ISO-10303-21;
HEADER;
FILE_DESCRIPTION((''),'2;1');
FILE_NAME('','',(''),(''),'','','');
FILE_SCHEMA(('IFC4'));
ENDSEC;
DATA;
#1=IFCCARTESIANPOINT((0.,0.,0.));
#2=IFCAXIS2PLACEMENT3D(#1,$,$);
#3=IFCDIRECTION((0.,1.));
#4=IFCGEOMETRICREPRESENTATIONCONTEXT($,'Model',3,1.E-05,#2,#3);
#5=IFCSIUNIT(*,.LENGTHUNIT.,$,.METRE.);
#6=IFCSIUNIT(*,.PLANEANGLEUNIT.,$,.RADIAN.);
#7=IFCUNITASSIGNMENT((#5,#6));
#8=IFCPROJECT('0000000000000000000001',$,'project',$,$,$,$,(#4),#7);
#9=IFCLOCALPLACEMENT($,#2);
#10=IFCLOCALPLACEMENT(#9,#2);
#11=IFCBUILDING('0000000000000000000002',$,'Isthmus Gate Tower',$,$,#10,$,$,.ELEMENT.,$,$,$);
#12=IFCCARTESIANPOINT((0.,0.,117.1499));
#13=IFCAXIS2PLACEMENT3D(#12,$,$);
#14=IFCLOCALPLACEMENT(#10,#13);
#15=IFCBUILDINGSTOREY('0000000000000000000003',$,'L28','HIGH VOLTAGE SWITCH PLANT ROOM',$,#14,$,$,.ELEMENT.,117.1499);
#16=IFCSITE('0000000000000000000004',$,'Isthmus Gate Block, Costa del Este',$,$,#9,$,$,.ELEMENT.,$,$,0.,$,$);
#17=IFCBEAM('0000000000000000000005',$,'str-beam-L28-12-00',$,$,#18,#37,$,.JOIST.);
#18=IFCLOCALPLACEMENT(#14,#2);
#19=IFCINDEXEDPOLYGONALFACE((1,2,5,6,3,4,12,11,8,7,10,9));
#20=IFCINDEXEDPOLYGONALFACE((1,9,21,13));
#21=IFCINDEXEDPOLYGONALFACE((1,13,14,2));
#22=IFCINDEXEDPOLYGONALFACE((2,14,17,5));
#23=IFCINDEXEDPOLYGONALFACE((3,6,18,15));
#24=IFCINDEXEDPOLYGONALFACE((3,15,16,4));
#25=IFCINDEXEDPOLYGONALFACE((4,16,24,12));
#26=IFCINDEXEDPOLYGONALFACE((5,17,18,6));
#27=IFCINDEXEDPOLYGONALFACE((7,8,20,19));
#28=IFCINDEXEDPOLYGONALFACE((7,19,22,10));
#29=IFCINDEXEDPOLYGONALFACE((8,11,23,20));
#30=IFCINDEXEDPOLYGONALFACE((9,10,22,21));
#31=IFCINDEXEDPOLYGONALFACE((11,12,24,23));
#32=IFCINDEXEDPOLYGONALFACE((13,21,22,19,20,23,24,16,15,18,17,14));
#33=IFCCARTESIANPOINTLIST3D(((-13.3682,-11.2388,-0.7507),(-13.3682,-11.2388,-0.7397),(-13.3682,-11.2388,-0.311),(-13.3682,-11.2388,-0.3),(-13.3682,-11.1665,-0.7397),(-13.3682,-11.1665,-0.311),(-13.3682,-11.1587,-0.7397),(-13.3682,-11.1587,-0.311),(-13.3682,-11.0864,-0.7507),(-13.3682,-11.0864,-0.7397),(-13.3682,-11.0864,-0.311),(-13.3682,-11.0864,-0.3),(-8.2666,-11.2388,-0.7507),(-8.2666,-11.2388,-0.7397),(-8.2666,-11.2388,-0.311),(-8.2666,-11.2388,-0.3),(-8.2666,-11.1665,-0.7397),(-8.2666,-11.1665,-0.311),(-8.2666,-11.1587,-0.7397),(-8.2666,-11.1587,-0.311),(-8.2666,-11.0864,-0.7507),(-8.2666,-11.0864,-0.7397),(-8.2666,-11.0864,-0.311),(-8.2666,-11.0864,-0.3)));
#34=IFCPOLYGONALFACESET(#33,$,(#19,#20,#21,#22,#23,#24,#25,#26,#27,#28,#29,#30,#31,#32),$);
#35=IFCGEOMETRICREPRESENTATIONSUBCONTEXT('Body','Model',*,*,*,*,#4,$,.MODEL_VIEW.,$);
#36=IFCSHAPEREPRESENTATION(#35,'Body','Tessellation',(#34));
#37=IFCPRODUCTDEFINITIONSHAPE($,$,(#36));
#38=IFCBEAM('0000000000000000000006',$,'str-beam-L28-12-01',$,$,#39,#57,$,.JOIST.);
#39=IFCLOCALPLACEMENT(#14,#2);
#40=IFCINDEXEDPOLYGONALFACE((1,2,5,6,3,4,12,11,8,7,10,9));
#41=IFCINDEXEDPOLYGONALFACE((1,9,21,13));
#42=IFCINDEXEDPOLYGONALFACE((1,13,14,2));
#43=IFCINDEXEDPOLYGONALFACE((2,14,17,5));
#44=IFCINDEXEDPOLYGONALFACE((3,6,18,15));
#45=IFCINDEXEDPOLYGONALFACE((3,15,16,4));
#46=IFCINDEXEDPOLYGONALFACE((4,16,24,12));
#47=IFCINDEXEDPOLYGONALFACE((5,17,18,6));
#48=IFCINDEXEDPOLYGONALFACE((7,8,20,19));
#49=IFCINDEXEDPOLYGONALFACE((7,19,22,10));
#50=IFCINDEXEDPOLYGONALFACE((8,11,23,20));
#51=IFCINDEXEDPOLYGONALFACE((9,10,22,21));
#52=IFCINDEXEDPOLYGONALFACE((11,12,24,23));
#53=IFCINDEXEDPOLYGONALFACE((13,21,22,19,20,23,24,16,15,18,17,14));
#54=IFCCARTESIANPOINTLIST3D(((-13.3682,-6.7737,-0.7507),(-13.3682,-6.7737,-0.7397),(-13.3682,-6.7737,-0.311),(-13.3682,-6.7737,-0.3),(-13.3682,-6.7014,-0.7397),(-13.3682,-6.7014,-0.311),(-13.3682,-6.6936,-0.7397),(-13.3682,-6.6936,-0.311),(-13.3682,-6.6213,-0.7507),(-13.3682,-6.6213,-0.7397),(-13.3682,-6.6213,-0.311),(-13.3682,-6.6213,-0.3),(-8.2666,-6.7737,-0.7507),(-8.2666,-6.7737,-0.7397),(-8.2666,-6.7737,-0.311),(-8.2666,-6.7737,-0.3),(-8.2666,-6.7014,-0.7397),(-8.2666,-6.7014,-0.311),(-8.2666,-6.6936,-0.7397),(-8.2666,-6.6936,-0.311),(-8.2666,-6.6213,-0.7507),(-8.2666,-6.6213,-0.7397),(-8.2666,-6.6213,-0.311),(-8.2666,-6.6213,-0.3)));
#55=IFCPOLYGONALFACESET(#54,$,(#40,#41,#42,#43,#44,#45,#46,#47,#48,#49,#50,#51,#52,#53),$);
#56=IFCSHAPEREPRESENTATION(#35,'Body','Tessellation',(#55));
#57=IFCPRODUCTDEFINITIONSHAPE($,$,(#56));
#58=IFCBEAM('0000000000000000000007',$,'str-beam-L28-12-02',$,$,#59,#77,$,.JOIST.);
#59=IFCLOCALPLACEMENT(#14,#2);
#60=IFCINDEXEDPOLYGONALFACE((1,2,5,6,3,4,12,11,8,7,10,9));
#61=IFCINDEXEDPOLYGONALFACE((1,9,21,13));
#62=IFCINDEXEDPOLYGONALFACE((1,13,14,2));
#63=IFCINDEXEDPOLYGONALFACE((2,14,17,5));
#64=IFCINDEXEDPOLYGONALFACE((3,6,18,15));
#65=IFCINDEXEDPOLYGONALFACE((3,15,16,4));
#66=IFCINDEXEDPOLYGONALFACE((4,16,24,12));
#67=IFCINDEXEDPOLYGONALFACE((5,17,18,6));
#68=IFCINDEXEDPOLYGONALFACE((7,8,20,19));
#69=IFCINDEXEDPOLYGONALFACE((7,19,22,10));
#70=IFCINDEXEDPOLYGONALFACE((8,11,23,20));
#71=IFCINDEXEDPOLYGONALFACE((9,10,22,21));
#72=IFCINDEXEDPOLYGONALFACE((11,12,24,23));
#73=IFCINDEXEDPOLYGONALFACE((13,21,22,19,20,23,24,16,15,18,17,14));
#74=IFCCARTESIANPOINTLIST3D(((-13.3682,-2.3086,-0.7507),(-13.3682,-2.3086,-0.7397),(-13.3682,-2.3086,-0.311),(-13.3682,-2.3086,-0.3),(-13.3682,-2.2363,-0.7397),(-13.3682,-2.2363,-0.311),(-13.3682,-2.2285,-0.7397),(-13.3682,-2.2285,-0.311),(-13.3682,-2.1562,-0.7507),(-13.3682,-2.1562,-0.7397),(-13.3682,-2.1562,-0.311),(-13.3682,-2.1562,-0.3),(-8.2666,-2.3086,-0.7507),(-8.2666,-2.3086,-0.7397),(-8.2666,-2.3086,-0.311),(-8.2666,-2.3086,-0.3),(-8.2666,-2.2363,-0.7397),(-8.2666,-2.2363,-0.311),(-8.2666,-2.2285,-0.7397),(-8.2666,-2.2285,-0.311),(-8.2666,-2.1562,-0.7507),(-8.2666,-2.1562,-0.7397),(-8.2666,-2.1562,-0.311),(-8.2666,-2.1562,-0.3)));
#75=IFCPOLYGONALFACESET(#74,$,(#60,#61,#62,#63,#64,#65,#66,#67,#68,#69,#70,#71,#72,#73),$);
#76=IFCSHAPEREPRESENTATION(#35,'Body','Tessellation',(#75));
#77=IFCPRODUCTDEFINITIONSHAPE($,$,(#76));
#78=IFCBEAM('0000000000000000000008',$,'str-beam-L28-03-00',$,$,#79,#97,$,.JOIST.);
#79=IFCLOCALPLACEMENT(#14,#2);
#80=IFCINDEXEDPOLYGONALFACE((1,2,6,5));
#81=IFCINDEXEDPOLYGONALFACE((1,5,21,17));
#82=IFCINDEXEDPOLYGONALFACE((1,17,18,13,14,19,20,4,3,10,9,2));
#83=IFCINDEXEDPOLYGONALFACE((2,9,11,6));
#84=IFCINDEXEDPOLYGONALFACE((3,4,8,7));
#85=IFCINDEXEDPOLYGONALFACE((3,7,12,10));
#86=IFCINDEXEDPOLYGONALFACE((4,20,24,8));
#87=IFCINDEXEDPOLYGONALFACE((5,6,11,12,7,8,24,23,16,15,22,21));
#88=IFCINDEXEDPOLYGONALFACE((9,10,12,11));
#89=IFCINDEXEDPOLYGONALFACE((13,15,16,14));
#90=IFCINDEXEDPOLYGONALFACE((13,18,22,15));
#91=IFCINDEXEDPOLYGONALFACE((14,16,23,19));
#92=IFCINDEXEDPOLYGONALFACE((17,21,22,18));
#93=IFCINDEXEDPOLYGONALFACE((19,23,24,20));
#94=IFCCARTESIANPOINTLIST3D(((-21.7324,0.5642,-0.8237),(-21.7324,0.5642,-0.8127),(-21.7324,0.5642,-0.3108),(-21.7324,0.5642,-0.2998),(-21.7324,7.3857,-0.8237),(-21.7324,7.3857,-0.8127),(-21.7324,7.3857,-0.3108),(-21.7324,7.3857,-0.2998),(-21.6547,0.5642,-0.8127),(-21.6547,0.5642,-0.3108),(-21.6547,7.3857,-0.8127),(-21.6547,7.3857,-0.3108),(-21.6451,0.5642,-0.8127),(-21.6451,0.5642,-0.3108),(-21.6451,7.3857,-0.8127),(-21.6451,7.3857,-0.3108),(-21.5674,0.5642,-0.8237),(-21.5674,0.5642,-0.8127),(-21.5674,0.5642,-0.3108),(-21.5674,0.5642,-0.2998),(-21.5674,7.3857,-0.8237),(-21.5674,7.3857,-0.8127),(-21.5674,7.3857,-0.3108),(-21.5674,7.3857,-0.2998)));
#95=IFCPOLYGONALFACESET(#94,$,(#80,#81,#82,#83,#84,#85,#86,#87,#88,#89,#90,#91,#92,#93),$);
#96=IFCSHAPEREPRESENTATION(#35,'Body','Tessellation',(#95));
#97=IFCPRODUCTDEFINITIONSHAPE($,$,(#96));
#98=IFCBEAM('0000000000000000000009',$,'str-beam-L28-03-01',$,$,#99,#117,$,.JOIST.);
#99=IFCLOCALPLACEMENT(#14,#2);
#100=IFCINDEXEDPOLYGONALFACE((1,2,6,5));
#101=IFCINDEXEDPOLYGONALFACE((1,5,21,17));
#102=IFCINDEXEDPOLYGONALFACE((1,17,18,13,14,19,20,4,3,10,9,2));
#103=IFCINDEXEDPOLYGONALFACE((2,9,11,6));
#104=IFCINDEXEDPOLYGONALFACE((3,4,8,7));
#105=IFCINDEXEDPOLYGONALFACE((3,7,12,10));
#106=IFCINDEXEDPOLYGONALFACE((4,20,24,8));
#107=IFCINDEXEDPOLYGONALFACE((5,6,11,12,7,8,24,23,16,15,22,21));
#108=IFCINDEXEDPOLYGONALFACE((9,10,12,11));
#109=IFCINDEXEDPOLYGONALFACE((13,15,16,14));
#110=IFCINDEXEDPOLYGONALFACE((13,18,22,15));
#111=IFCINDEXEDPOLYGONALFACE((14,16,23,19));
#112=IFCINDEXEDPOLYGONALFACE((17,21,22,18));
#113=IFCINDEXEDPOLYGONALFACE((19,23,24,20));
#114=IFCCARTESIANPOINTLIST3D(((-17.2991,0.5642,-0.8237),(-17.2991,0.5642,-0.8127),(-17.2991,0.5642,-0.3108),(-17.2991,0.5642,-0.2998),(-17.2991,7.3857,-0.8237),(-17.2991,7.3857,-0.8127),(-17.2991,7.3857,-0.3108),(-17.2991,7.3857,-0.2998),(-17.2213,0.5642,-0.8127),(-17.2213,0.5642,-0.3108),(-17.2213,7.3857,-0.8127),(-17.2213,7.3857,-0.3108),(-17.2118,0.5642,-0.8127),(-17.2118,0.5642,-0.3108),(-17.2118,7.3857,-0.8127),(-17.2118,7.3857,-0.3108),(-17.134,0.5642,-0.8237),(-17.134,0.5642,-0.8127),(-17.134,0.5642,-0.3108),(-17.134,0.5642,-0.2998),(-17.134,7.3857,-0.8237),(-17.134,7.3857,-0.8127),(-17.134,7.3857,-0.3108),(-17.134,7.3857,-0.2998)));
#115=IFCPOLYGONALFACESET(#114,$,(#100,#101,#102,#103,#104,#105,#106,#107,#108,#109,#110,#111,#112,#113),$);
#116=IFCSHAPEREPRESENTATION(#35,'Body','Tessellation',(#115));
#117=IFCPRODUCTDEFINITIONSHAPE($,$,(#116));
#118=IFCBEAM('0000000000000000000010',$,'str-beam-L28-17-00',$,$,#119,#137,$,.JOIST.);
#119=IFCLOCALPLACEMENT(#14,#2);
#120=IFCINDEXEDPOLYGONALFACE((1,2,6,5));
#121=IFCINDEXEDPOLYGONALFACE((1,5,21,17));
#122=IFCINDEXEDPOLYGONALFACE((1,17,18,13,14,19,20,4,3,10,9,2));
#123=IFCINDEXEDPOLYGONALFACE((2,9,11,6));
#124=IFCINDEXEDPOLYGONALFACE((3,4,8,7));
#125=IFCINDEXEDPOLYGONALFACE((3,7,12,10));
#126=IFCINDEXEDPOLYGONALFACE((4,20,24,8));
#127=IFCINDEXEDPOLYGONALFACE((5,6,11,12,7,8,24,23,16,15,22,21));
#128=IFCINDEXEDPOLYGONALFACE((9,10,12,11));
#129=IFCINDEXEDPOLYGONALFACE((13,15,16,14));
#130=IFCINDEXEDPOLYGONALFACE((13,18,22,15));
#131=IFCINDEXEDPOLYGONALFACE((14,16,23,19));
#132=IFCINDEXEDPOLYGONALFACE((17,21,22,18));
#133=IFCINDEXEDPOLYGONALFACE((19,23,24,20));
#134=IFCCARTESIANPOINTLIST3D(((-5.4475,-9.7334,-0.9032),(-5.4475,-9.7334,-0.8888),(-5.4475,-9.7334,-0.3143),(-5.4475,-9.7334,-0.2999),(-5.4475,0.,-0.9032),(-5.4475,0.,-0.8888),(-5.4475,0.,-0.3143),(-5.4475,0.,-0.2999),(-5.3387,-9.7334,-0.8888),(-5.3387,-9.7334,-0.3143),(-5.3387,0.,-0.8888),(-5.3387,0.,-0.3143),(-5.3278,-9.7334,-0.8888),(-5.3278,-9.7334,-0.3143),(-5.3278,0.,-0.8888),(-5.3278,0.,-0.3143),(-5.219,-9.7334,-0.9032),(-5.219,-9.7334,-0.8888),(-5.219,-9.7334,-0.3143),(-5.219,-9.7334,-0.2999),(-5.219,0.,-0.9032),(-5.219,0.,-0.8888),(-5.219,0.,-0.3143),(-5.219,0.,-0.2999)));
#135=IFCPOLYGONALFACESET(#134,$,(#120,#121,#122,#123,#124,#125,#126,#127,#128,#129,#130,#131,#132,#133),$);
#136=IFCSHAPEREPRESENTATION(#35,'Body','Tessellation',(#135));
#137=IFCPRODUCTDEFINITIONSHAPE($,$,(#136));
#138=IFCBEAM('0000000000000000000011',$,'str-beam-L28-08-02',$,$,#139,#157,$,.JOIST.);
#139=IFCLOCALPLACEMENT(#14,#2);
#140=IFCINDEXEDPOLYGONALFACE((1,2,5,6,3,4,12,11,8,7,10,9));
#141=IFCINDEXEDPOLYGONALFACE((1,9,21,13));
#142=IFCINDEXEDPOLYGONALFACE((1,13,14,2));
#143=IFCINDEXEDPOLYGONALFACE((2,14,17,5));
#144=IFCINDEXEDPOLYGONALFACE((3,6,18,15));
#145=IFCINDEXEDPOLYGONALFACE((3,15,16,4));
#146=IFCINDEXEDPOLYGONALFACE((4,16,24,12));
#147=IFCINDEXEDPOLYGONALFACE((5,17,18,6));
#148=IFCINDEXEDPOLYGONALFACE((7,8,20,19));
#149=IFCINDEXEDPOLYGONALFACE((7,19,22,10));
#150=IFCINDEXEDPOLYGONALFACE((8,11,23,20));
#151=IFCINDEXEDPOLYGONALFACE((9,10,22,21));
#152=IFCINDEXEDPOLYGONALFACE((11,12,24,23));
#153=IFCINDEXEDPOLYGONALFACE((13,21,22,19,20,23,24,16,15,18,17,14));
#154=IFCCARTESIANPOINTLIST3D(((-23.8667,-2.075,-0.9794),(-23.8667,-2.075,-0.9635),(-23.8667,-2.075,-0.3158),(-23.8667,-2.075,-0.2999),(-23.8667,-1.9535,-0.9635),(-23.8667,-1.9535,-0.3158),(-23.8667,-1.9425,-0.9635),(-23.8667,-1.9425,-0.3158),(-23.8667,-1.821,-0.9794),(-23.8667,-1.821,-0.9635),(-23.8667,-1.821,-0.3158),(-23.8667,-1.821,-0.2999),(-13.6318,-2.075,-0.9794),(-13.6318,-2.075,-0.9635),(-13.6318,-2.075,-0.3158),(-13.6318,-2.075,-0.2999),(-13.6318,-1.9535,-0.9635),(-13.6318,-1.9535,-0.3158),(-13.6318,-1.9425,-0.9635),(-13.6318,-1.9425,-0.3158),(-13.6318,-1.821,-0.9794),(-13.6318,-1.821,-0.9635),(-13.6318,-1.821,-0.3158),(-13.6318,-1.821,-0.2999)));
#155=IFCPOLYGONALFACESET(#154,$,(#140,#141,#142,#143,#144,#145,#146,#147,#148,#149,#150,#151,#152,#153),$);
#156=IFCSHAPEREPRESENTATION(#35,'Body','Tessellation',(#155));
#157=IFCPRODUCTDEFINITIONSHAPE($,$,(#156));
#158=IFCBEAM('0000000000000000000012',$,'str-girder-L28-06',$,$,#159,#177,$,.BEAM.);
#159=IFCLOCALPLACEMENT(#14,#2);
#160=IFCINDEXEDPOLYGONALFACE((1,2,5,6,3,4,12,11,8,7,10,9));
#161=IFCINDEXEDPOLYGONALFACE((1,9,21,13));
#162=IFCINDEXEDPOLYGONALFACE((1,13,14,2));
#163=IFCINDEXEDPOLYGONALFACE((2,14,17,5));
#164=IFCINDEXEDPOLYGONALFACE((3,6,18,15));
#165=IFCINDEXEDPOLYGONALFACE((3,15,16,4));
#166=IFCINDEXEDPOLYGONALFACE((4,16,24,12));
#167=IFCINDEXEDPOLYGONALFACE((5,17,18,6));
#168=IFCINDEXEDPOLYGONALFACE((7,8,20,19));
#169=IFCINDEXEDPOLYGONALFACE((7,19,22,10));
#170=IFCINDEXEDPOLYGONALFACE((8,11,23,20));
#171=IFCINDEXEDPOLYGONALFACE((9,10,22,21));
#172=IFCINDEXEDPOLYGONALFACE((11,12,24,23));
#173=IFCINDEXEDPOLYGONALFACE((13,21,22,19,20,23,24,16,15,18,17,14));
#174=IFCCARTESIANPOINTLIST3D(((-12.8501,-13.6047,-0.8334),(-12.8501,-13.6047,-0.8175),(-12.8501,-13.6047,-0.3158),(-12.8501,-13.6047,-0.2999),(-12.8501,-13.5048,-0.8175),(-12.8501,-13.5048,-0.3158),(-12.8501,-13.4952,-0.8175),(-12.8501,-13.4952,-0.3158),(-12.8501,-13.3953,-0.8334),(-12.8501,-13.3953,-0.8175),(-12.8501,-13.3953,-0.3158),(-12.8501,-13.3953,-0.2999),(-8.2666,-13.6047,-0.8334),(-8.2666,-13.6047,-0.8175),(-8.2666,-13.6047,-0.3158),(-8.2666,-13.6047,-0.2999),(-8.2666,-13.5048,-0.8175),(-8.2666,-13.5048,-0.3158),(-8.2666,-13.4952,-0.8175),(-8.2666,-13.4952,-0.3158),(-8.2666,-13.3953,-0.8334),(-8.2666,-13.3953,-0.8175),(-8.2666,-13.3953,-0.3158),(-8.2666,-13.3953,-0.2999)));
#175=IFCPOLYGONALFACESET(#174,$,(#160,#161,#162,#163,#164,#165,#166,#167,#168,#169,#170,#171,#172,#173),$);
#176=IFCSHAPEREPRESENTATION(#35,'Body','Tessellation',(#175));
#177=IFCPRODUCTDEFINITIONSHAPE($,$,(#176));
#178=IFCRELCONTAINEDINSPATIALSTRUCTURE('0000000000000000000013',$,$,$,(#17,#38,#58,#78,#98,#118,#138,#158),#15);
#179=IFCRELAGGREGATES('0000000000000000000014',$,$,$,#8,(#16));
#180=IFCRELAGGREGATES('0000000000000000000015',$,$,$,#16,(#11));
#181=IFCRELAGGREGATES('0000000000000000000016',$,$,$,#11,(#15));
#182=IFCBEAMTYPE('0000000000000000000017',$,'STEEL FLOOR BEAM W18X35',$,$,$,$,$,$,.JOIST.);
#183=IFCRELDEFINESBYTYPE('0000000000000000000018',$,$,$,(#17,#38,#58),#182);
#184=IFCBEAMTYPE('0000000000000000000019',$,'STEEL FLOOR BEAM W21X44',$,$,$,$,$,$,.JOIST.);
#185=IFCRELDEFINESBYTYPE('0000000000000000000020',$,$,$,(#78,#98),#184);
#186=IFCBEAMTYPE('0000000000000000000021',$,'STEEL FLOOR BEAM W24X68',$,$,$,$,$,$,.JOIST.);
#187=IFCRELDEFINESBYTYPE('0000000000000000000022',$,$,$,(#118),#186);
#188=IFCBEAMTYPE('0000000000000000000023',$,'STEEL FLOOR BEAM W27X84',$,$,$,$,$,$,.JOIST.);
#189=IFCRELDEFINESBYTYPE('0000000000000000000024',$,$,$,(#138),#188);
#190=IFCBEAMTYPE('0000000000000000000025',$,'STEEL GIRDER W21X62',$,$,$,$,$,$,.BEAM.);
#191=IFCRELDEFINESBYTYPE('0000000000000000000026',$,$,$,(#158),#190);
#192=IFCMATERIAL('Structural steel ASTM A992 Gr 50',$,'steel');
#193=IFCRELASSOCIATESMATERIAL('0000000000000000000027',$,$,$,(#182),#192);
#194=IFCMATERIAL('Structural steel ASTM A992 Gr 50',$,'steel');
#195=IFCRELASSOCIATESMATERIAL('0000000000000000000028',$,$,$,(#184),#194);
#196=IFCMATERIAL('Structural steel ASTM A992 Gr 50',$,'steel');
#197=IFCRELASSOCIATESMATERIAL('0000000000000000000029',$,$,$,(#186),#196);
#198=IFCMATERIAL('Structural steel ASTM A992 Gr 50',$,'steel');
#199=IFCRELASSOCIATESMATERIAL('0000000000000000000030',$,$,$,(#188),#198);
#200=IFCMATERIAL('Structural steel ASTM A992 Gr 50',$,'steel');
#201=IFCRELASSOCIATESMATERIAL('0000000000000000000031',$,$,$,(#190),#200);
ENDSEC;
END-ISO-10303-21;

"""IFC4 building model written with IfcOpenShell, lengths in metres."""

from ifc_helpers import new_model, si_unit, direction, frame, origin, origin_2d, place, context, subcontext, project, spatial, i_section, extrude, material, material_profile, profile_set, type_object, element, save


model = new_model("IFC4")

# Units and contexts
model_context = context("Model", 3, precision=1e-05, world=origin(), true_north=direction((0.0, 1.0)))
body_context = subcontext(model_context, "Body", "Model", "MODEL_VIEW")
ifc_project = project(units=[si_unit("LENGTHUNIT", "METRE"), si_unit("PLANEANGLEUNIT", "RADIAN")], contexts=[model_context])

# Site, building, storey
site_placement = place(None, origin())
site = spatial("IfcSite", under=ifc_project, at=site_placement, Name="Isthmus Gate Block, Costa del Este", CompositionType="ELEMENT", RefElevation=0.0)
building_placement = place(site_placement, origin())
building = spatial("IfcBuilding", under=site, at=building_placement, Name="Isthmus Gate Tower", CompositionType="ELEMENT")
storey_placement = place(building_placement, frame((0.0, 0.0, 117.1499)))
storey = spatial("IfcBuildingStorey", under=building, at=storey_placement, Name="L28", Description="HIGH VOLTAGE SWITCH PLANT ROOM", CompositionType="ELEMENT", Elevation=117.1499)

# Beams
ifc_material_1 = material(Name="Structural steel ASTM A992 Gr 50", Category="steel")
ifc_material_profile_1 = material_profile(ifc_material_1, i_section(OverallWidth=0.1523, OverallDepth=0.4507, WebThickness=0.0078, FlangeThickness=0.011, at=origin_2d()), Name="W18X35")
ifc_profile_set_1 = profile_set([ifc_material_profile_1], Name="Structural steel ASTM A992 Gr 50")
beam_type_1 = type_object("IfcBeamType", Name="STEEL FLOOR BEAM W18X35", PredefinedType="JOIST", material=ifc_profile_set_1)
for number, where, z_axis, x_axis, name in (
    (1, (-13.3682, -11.1626, -0.5254), (1.0, 0.0, 0.0), (0.0, 1.0, 0.0), "str-beam-L28-12-00"),
    (2, (-13.3682, -6.6975, -0.5254), (1.0, 0.0, 0.0), (0.0, 1.0, 0.0), "str-beam-L28-12-01"),
    (3, (-13.3682, -2.2324, -0.5254), (1.0, 0.0, 0.0), (0.0, 1.0, 0.0), "str-beam-L28-12-02"),
):
    element("IfcBeam", number, at=place(storey_placement, frame(where, z_axis=z_axis, x_axis=x_axis)), inside=storey, type_object=beam_type_1, Name=name, PredefinedType="JOIST", context=body_context, shape_type="SweptSolid", body=[
        extrude(i_section(OverallWidth=0.1523, OverallDepth=0.4507, WebThickness=0.0078, FlangeThickness=0.011, at=origin_2d()), origin(), (0.0, 0.0, 1.0), 5.1016),
    ])
ifc_material_2 = material(Name="Structural steel ASTM A992 Gr 50", Category="steel")
ifc_material_profile_2 = material_profile(ifc_material_2, i_section(OverallWidth=0.165, OverallDepth=0.5239, WebThickness=0.0095, FlangeThickness=0.011, at=origin_2d()), Name="W21X44")
ifc_profile_set_2 = profile_set([ifc_material_profile_2], Name="Structural steel ASTM A992 Gr 50")
beam_type_2 = type_object("IfcBeamType", Name="STEEL FLOOR BEAM W21X44", PredefinedType="JOIST", material=ifc_profile_set_2)
for number, where, z_axis, x_axis, name in (
    (4, (-21.6499, 0.5642, -0.5618), (0.0, 1.0, 0.0), (-1.0, 0.0, 0.0), "str-beam-L28-03-00"),
    (5, (-17.2166, 0.5642, -0.5618), (0.0, 1.0, 0.0), (-1.0, 0.0, 0.0), "str-beam-L28-03-01"),
):
    element("IfcBeam", number, at=place(storey_placement, frame(where, z_axis=z_axis, x_axis=x_axis)), inside=storey, type_object=beam_type_2, Name=name, PredefinedType="JOIST", context=body_context, shape_type="SweptSolid", body=[
        extrude(i_section(OverallWidth=0.165, OverallDepth=0.5239, WebThickness=0.0095, FlangeThickness=0.011, at=origin_2d()), origin(), (0.0, 0.0, 1.0), 6.8215),
    ])
ifc_material_3 = material(Name="Structural steel ASTM A992 Gr 50", Category="steel")
ifc_material_profile_3 = material_profile(ifc_material_3, i_section(OverallWidth=0.2285, OverallDepth=0.6033, WebThickness=0.011, FlangeThickness=0.0144, at=origin_2d()), Name="W24X68")
ifc_profile_set_3 = profile_set([ifc_material_profile_3], Name="Structural steel ASTM A992 Gr 50")
beam_type_3 = type_object("IfcBeamType", Name="STEEL FLOOR BEAM W24X68", PredefinedType="JOIST", material=ifc_profile_set_3)
beam_1_placement = place(storey_placement, frame((-5.3333, -9.7334, -0.6016), z_axis=(0.0, 1.0, 0.0), x_axis=(-1.0, 0.0, 0.0)))
element("IfcBeam", 6, at=beam_1_placement, inside=storey, type_object=beam_type_3, Name="str-beam-L28-17-00", PredefinedType="JOIST", context=body_context, shape_type="SweptSolid", body=[
    extrude(i_section(OverallWidth=0.2285, OverallDepth=0.6033, WebThickness=0.011, FlangeThickness=0.0144, at=origin_2d()), origin(), (0.0, 0.0, 1.0), 9.7334),
])
ifc_material_4 = material(Name="Structural steel ASTM A992 Gr 50", Category="steel")
ifc_material_profile_4 = material_profile(ifc_material_4, i_section(OverallWidth=0.2539, OverallDepth=0.6794, WebThickness=0.011, FlangeThickness=0.0159, at=origin_2d()), Name="W27X84")
ifc_profile_set_4 = profile_set([ifc_material_profile_4], Name="Structural steel ASTM A992 Gr 50")
beam_type_4 = type_object("IfcBeamType", Name="STEEL FLOOR BEAM W27X84", PredefinedType="JOIST", material=ifc_profile_set_4)
beam_2_placement = place(storey_placement, frame((-23.8667, -1.948, -0.6396), z_axis=(1.0, 0.0, 0.0), x_axis=(0.0, 1.0, 0.0)))
element("IfcBeam", 7, at=beam_2_placement, inside=storey, type_object=beam_type_4, Name="str-beam-L28-08-02", PredefinedType="JOIST", context=body_context, shape_type="SweptSolid", body=[
    extrude(i_section(OverallWidth=0.2539, OverallDepth=0.6794, WebThickness=0.011, FlangeThickness=0.0159, at=origin_2d()), origin(), (0.0, 0.0, 1.0), 10.2349),
])
ifc_material_5 = material(Name="Structural steel ASTM A992 Gr 50", Category="steel")
ifc_material_profile_5 = material_profile(ifc_material_5, i_section(OverallWidth=0.2095, OverallDepth=0.5334, WebThickness=0.0095, FlangeThickness=0.0159, at=origin_2d()), Name="W21X62")
ifc_profile_set_5 = profile_set([ifc_material_profile_5], Name="Structural steel ASTM A992 Gr 50")
beam_type_5 = type_object("IfcBeamType", Name="STEEL GIRDER W21X62", PredefinedType="BEAM", material=ifc_profile_set_5)
beam_3_placement = place(storey_placement, frame((-12.8501, -13.5, -0.5667), z_axis=(1.0, 0.0, 0.0), x_axis=(0.0, 1.0, 0.0)))
element("IfcBeam", 8, at=beam_3_placement, inside=storey, type_object=beam_type_5, Name="str-girder-L28-06", PredefinedType="BEAM", context=body_context, shape_type="SweptSolid", body=[
    extrude(i_section(OverallWidth=0.2095, OverallDepth=0.5334, WebThickness=0.0095, FlangeThickness=0.0159, at=origin_2d()), origin(), (0.0, 0.0, 1.0), 4.5835),
])

save(model, "model.ifc")
